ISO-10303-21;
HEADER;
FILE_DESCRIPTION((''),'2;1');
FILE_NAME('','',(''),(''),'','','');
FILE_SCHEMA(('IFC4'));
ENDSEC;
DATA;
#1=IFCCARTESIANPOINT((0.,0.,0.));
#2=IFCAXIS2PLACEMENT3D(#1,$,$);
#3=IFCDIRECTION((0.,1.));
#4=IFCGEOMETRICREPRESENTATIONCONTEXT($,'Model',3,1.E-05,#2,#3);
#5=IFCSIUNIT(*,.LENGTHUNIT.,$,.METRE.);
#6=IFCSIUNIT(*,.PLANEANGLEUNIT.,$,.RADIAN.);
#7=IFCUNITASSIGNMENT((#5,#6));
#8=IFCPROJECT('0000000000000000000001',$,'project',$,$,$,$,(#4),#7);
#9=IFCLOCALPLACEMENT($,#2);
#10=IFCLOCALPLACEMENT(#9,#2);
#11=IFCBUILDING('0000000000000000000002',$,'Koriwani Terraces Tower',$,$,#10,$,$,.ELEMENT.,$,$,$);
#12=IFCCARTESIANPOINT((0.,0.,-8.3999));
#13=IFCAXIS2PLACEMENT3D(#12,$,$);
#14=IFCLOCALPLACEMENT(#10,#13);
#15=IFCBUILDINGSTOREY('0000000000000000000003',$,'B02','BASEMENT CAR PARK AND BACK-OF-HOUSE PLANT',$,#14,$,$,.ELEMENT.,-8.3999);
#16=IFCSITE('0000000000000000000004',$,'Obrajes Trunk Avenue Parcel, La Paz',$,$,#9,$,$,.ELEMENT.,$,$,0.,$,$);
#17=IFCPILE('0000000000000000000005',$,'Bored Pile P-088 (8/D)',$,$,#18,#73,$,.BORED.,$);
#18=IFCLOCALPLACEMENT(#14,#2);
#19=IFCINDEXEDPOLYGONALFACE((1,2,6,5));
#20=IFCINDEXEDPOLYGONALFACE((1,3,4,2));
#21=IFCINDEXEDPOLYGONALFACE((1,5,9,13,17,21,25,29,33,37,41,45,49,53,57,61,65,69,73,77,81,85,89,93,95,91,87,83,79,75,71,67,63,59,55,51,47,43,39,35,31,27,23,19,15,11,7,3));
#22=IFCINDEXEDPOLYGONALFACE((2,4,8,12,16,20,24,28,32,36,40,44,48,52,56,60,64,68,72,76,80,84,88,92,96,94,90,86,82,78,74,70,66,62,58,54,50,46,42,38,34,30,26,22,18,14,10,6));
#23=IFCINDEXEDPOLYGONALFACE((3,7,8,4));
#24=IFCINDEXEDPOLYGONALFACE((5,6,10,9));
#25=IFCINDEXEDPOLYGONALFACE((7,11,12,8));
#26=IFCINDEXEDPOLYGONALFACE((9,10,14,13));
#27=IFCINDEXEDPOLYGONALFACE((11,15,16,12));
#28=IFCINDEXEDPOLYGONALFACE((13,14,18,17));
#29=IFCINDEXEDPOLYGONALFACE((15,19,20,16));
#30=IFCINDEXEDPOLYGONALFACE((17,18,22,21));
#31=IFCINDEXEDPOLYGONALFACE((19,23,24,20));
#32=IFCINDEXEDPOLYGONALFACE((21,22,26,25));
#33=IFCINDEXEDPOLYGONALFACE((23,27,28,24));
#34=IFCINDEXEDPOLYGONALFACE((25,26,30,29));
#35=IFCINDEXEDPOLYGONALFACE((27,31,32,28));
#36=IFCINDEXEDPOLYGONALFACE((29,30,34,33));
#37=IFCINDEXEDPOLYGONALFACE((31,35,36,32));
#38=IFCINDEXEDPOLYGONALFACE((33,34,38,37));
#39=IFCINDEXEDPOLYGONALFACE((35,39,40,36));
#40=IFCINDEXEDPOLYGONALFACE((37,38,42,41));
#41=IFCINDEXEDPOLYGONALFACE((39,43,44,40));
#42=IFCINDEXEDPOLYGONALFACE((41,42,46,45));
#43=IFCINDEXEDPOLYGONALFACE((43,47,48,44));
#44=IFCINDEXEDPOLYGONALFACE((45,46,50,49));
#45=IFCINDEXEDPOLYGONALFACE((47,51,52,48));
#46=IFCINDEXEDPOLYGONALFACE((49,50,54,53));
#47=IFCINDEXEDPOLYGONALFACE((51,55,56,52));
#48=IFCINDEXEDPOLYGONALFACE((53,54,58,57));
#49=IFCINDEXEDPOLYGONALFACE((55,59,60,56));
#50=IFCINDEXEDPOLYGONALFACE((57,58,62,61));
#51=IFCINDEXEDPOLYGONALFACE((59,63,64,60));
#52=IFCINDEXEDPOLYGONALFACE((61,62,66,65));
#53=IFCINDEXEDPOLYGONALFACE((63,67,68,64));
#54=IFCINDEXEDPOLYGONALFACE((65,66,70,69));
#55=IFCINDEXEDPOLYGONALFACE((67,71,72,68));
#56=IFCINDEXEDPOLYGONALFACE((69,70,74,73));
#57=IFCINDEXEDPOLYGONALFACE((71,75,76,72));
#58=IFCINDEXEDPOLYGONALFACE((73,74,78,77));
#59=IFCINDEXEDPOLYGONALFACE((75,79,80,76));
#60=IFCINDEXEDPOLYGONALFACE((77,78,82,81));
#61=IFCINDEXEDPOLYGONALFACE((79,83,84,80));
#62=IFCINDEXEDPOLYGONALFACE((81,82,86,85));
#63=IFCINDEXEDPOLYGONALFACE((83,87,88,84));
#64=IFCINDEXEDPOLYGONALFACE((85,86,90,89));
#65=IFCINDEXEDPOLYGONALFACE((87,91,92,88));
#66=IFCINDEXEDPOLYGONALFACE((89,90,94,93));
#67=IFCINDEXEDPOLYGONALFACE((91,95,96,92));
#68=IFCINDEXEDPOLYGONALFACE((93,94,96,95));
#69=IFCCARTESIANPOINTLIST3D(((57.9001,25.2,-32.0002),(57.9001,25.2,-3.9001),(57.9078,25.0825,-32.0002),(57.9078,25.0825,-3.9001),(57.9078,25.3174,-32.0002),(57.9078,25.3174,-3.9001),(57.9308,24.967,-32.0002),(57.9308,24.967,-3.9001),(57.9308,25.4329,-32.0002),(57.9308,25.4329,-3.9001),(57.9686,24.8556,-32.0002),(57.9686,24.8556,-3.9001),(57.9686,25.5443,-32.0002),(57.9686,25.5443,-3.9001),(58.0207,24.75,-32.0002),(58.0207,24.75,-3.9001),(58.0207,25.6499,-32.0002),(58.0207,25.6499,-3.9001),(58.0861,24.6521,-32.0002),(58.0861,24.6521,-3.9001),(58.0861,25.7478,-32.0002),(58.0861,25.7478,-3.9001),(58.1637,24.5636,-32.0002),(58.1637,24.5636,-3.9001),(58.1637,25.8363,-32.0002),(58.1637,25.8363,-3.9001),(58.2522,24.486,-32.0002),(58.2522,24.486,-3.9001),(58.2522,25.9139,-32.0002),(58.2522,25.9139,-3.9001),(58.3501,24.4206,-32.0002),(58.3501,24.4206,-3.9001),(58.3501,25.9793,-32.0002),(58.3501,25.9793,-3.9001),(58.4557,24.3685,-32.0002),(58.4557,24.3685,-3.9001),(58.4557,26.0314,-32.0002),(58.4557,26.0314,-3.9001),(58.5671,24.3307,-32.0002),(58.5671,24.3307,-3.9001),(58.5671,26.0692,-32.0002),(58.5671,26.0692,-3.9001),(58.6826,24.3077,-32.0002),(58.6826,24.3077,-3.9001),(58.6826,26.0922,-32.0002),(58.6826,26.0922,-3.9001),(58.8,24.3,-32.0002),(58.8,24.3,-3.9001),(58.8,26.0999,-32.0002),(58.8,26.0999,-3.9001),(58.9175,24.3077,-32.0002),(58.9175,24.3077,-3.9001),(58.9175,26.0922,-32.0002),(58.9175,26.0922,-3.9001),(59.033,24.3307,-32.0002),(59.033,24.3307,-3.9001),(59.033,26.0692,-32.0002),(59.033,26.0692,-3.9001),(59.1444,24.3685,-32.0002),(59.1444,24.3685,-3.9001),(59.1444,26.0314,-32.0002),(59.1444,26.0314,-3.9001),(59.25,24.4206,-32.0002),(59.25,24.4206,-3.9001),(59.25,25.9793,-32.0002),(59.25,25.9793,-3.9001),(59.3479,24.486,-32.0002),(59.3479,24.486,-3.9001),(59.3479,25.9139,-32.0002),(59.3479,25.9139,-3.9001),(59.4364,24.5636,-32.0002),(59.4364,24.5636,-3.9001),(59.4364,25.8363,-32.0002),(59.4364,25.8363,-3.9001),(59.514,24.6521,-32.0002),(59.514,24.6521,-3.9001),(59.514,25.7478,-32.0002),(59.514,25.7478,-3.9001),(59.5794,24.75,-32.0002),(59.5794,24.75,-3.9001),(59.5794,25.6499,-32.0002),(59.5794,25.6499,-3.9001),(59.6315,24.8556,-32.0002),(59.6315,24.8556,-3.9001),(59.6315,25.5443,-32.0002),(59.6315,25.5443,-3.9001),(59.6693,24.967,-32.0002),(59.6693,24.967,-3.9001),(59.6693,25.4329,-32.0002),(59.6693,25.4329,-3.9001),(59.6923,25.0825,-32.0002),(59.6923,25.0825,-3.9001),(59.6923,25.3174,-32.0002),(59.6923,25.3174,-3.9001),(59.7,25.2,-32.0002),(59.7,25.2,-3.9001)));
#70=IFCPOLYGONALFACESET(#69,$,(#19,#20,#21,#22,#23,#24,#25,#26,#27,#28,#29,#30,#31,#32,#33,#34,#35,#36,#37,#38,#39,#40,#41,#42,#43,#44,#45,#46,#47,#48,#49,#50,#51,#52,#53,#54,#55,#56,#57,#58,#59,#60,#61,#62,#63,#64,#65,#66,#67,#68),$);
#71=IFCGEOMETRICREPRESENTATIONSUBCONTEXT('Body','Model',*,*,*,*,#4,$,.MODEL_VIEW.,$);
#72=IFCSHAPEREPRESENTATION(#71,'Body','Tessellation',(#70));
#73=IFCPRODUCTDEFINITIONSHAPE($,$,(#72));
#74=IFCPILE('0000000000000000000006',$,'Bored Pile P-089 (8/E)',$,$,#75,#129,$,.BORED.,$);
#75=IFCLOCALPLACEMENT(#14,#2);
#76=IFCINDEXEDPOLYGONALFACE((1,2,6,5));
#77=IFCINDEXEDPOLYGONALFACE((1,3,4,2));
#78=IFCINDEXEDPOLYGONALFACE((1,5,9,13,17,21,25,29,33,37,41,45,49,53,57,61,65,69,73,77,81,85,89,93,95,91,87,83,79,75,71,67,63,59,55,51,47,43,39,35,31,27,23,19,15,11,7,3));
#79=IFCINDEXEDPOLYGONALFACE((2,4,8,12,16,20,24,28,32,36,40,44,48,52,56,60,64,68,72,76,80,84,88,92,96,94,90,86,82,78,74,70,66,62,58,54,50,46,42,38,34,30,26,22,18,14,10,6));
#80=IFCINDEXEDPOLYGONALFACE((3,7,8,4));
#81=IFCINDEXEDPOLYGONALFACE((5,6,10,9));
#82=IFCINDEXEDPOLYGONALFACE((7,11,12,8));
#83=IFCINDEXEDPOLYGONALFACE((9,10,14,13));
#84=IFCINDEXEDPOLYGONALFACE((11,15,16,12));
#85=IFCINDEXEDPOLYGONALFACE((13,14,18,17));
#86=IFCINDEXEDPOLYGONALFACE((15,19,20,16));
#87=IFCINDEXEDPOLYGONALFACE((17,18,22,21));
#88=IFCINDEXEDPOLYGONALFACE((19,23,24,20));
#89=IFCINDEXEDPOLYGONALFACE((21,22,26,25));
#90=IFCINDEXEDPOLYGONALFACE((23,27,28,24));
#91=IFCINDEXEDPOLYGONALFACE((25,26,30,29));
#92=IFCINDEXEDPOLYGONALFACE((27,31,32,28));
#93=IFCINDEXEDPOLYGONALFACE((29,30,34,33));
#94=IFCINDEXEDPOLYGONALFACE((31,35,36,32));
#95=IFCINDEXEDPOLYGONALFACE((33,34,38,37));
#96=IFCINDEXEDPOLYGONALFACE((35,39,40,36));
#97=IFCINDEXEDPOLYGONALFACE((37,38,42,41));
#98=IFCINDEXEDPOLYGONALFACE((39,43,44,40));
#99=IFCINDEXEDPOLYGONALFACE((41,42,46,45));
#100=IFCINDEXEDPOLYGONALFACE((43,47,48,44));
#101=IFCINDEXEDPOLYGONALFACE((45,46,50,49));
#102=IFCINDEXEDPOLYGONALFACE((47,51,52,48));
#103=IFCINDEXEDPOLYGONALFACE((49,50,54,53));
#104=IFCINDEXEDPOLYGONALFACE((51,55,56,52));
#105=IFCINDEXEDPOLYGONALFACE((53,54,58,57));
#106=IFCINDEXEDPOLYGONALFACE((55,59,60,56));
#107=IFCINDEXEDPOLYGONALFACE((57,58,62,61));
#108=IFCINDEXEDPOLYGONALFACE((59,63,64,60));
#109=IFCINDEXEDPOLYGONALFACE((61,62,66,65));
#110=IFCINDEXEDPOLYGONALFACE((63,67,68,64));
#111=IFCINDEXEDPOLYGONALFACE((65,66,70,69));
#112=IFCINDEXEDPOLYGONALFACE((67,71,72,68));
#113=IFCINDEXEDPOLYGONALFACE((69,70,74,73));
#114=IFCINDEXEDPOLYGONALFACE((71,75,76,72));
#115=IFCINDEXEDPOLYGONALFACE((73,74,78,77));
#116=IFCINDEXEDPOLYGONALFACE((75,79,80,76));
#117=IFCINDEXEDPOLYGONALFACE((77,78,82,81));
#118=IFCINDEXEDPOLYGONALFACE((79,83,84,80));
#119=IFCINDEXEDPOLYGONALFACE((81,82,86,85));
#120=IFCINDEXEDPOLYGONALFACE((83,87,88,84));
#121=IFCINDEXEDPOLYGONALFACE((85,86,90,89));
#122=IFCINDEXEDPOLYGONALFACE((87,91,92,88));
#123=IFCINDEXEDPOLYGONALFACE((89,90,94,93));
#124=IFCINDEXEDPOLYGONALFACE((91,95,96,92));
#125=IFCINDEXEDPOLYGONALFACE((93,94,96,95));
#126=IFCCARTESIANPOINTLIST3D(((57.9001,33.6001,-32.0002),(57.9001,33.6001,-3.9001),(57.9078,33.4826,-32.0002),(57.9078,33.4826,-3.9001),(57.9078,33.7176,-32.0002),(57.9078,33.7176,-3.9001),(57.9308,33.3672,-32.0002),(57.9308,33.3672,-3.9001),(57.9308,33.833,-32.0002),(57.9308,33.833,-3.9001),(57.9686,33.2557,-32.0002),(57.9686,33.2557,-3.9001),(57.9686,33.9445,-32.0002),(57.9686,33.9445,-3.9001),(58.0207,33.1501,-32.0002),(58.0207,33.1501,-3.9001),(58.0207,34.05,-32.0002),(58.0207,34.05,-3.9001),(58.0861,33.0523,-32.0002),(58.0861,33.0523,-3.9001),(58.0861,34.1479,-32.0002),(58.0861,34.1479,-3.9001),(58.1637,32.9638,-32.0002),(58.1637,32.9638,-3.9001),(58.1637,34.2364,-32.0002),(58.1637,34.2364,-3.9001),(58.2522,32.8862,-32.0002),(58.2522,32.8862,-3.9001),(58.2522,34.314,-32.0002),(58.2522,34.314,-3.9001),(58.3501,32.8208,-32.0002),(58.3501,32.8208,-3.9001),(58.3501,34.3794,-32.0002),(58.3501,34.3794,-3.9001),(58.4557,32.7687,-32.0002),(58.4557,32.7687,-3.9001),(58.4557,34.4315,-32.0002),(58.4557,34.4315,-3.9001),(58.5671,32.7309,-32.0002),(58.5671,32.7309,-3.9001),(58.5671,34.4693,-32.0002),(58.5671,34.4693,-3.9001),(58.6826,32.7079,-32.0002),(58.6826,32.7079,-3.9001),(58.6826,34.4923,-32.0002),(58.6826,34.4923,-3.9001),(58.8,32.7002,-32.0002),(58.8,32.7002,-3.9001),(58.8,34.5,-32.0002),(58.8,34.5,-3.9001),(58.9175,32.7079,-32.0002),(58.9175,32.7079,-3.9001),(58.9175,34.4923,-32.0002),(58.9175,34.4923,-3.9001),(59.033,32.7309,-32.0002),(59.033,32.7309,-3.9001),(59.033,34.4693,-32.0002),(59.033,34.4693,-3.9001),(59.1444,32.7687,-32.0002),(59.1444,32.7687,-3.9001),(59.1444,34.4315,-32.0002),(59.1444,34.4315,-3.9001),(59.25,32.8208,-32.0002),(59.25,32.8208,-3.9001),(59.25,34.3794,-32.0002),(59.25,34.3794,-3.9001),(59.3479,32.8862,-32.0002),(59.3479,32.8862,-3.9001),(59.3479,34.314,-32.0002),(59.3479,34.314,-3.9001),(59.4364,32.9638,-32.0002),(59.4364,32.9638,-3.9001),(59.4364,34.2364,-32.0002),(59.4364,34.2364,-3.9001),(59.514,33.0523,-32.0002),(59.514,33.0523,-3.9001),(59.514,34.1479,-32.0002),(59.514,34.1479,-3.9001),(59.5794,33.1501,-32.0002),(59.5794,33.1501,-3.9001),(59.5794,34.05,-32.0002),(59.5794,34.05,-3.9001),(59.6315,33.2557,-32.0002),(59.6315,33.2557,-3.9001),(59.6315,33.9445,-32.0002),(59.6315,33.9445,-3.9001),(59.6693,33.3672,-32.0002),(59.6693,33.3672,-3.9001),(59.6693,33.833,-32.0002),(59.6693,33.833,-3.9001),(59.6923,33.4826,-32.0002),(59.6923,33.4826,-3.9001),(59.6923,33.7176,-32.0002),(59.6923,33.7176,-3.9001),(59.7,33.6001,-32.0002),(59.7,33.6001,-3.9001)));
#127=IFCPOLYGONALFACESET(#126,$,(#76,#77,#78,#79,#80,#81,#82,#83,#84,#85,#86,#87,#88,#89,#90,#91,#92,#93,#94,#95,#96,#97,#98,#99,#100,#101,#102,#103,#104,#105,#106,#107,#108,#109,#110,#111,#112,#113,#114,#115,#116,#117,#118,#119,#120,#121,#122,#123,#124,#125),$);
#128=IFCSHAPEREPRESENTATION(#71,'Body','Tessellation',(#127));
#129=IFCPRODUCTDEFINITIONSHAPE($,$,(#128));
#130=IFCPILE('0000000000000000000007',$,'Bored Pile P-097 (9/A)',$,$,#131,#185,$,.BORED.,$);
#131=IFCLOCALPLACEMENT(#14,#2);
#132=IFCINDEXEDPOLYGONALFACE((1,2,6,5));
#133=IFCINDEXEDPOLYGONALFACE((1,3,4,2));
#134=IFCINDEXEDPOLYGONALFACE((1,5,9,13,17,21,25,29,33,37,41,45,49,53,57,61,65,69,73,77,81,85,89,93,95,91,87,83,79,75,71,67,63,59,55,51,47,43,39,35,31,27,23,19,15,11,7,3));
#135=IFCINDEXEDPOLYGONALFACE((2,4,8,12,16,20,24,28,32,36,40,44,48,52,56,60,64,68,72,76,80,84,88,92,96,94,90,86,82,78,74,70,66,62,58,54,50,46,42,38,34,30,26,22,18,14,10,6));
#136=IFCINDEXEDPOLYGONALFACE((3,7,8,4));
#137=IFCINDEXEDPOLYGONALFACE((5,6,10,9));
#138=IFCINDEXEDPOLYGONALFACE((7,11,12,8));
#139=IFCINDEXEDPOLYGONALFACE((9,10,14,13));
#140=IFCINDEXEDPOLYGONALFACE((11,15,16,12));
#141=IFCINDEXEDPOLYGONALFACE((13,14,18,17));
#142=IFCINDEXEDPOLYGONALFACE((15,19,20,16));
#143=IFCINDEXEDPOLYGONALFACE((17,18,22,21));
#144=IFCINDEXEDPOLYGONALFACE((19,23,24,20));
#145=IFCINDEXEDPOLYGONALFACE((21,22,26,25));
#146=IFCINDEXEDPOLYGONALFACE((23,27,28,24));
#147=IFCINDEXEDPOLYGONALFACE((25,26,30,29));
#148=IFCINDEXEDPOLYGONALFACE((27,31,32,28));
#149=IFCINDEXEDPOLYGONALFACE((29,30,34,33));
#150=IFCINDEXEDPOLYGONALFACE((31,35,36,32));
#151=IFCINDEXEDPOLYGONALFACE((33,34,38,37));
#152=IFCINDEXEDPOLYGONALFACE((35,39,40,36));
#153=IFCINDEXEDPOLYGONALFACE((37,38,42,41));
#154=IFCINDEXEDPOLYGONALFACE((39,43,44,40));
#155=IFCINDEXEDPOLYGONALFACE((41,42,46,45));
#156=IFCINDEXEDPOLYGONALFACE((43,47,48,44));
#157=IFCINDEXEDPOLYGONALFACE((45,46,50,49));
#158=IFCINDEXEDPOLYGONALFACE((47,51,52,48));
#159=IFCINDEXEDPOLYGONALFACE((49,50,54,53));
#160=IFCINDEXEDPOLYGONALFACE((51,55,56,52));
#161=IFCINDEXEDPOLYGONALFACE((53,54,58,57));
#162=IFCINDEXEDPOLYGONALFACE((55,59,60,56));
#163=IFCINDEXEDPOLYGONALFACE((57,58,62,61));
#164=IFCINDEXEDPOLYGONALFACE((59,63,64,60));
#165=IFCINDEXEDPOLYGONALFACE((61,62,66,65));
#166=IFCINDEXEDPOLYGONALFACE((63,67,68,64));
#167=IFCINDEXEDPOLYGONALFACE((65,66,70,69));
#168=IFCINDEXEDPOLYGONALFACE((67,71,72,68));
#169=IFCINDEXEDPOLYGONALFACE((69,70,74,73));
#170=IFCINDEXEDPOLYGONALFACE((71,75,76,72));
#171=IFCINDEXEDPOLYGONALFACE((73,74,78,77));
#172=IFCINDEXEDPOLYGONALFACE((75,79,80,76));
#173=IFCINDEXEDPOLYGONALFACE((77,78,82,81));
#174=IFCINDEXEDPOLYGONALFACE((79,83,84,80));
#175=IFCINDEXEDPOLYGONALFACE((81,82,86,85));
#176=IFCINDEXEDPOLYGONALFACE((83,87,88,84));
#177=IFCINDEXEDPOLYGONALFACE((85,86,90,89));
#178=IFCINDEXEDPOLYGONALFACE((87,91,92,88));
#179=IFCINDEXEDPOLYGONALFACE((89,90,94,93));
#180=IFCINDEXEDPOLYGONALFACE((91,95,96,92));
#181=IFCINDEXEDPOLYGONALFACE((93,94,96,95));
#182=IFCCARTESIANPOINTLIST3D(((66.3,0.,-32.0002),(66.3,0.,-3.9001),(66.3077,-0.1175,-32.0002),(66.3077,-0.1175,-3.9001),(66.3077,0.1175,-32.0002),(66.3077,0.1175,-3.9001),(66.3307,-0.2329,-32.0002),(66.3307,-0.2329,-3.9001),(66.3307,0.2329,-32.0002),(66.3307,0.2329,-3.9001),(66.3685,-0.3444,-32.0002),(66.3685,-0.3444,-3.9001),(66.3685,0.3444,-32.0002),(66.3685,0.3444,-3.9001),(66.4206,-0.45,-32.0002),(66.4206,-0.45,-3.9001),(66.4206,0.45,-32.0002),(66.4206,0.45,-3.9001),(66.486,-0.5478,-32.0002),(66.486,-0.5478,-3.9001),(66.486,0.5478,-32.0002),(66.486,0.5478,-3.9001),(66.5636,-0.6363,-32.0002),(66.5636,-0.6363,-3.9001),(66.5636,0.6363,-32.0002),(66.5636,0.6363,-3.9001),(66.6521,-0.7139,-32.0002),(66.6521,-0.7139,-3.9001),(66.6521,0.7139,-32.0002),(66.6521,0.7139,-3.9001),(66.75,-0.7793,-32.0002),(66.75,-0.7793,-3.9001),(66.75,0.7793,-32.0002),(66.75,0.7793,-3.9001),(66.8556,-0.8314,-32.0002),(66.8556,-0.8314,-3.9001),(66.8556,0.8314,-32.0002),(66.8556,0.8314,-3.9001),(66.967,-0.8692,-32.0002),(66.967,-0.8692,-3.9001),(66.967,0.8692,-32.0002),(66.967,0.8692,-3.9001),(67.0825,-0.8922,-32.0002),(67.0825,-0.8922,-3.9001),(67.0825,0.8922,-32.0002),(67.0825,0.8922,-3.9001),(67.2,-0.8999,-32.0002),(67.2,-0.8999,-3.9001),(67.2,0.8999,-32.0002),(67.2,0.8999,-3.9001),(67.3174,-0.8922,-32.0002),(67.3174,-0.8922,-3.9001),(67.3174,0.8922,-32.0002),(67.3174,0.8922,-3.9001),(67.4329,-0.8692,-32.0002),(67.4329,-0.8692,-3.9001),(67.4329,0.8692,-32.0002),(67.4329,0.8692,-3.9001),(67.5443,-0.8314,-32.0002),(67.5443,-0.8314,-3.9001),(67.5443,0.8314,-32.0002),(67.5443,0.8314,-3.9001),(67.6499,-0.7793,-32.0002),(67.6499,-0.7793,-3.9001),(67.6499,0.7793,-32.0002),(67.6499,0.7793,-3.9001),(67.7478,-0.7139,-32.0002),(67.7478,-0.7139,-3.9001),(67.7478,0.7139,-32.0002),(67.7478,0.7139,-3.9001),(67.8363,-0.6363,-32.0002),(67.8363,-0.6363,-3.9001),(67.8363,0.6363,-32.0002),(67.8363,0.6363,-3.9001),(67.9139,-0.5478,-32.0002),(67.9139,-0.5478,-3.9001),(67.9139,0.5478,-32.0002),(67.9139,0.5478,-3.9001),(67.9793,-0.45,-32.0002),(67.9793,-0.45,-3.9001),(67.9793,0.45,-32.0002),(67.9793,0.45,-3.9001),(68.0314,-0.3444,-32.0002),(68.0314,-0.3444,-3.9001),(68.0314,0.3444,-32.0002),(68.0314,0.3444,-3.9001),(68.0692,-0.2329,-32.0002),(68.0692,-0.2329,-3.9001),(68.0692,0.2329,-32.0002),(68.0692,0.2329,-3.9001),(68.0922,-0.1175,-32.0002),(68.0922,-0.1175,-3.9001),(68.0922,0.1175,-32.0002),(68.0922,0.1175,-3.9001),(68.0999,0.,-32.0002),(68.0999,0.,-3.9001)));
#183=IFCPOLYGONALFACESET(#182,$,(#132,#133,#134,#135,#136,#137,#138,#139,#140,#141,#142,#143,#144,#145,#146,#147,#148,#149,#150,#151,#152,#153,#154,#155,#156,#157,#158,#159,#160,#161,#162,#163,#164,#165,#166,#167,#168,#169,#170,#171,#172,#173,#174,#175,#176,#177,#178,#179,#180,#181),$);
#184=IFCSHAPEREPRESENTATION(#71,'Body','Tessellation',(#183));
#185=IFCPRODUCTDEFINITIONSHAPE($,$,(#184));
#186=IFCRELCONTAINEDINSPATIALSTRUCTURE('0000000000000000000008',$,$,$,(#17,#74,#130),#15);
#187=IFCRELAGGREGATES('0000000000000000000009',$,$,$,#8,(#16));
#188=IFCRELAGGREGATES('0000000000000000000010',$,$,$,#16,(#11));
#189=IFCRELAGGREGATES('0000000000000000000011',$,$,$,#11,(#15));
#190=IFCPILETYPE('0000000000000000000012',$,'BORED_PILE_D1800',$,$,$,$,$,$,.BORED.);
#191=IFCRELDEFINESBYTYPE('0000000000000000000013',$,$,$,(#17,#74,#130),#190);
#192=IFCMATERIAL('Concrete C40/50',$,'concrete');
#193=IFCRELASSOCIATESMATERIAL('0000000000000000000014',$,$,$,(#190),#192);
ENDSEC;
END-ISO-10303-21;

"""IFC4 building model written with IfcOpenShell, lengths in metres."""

from ifc_helpers import new_model, si_unit, direction, frame, origin, origin_2d, place, context, subcontext, project, spatial, circle, extrude, material, material_profile, profile_set, type_object, element, save


model = new_model("IFC4")

# Units and contexts
model_context = context("Model", 3, precision=1e-05, world=origin(), true_north=direction((0.0, 1.0)))
body_context = subcontext(model_context, "Body", "Model", "MODEL_VIEW")
ifc_project = project(units=[si_unit("LENGTHUNIT", "METRE"), si_unit("PLANEANGLEUNIT", "RADIAN")], contexts=[model_context])

# Site, building, storey
site_placement = place(None, origin())
site = spatial("IfcSite", under=ifc_project, at=site_placement, Name="Obrajes Trunk Avenue Parcel, La Paz", CompositionType="ELEMENT", RefElevation=0.0)
building_placement = place(site_placement, origin())
building = spatial("IfcBuilding", under=site, at=building_placement, Name="Koriwani Terraces Tower", CompositionType="ELEMENT")
storey_placement = place(building_placement, frame((0.0, 0.0, -8.3999)))
storey = spatial("IfcBuildingStorey", under=building, at=storey_placement, Name="B02", Description="BASEMENT CAR PARK AND BACK-OF-HOUSE PLANT", CompositionType="ELEMENT", Elevation=-8.3999)

# Piles
ifc_material_1 = material(Name="Concrete C40/50", Category="concrete")
ifc_material_profile_1 = material_profile(ifc_material_1, circle(Radius=0.8999, at=origin_2d()), Name="Concrete C40/50")
ifc_profile_set_1 = profile_set([ifc_material_profile_1], Name="Concrete C40/50")
pile_type = type_object("IfcPileType", Name="BORED_PILE_D1800", PredefinedType="BORED", material=ifc_profile_set_1)
for number, where, z_axis, x_axis, name in (
    (1, (58.8, 25.2, -3.9001), (0.0, 0.0, -1.0), (1.0, 0.0, 0.0), "Bored Pile P-088 (8/D)"),
    (2, (58.8, 33.6001, -3.9001), (0.0, 0.0, -1.0), (1.0, 0.0, 0.0), "Bored Pile P-089 (8/E)"),
    (3, (67.2, 0.0, -3.9001), (0.0, 0.0, -1.0), (1.0, 0.0, 0.0), "Bored Pile P-097 (9/A)"),
):
    element("IfcPile", number, at=place(storey_placement, frame(where, z_axis=z_axis, x_axis=x_axis)), inside=storey, type_object=pile_type, Name=name, PredefinedType="BORED", context=body_context, shape_type="SweptSolid", body=[
        extrude(circle(Radius=0.8999, at=origin_2d()), origin(), (0.0, 0.0, 1.0), 28.1001),
    ])

save(model, "model.ifc")
